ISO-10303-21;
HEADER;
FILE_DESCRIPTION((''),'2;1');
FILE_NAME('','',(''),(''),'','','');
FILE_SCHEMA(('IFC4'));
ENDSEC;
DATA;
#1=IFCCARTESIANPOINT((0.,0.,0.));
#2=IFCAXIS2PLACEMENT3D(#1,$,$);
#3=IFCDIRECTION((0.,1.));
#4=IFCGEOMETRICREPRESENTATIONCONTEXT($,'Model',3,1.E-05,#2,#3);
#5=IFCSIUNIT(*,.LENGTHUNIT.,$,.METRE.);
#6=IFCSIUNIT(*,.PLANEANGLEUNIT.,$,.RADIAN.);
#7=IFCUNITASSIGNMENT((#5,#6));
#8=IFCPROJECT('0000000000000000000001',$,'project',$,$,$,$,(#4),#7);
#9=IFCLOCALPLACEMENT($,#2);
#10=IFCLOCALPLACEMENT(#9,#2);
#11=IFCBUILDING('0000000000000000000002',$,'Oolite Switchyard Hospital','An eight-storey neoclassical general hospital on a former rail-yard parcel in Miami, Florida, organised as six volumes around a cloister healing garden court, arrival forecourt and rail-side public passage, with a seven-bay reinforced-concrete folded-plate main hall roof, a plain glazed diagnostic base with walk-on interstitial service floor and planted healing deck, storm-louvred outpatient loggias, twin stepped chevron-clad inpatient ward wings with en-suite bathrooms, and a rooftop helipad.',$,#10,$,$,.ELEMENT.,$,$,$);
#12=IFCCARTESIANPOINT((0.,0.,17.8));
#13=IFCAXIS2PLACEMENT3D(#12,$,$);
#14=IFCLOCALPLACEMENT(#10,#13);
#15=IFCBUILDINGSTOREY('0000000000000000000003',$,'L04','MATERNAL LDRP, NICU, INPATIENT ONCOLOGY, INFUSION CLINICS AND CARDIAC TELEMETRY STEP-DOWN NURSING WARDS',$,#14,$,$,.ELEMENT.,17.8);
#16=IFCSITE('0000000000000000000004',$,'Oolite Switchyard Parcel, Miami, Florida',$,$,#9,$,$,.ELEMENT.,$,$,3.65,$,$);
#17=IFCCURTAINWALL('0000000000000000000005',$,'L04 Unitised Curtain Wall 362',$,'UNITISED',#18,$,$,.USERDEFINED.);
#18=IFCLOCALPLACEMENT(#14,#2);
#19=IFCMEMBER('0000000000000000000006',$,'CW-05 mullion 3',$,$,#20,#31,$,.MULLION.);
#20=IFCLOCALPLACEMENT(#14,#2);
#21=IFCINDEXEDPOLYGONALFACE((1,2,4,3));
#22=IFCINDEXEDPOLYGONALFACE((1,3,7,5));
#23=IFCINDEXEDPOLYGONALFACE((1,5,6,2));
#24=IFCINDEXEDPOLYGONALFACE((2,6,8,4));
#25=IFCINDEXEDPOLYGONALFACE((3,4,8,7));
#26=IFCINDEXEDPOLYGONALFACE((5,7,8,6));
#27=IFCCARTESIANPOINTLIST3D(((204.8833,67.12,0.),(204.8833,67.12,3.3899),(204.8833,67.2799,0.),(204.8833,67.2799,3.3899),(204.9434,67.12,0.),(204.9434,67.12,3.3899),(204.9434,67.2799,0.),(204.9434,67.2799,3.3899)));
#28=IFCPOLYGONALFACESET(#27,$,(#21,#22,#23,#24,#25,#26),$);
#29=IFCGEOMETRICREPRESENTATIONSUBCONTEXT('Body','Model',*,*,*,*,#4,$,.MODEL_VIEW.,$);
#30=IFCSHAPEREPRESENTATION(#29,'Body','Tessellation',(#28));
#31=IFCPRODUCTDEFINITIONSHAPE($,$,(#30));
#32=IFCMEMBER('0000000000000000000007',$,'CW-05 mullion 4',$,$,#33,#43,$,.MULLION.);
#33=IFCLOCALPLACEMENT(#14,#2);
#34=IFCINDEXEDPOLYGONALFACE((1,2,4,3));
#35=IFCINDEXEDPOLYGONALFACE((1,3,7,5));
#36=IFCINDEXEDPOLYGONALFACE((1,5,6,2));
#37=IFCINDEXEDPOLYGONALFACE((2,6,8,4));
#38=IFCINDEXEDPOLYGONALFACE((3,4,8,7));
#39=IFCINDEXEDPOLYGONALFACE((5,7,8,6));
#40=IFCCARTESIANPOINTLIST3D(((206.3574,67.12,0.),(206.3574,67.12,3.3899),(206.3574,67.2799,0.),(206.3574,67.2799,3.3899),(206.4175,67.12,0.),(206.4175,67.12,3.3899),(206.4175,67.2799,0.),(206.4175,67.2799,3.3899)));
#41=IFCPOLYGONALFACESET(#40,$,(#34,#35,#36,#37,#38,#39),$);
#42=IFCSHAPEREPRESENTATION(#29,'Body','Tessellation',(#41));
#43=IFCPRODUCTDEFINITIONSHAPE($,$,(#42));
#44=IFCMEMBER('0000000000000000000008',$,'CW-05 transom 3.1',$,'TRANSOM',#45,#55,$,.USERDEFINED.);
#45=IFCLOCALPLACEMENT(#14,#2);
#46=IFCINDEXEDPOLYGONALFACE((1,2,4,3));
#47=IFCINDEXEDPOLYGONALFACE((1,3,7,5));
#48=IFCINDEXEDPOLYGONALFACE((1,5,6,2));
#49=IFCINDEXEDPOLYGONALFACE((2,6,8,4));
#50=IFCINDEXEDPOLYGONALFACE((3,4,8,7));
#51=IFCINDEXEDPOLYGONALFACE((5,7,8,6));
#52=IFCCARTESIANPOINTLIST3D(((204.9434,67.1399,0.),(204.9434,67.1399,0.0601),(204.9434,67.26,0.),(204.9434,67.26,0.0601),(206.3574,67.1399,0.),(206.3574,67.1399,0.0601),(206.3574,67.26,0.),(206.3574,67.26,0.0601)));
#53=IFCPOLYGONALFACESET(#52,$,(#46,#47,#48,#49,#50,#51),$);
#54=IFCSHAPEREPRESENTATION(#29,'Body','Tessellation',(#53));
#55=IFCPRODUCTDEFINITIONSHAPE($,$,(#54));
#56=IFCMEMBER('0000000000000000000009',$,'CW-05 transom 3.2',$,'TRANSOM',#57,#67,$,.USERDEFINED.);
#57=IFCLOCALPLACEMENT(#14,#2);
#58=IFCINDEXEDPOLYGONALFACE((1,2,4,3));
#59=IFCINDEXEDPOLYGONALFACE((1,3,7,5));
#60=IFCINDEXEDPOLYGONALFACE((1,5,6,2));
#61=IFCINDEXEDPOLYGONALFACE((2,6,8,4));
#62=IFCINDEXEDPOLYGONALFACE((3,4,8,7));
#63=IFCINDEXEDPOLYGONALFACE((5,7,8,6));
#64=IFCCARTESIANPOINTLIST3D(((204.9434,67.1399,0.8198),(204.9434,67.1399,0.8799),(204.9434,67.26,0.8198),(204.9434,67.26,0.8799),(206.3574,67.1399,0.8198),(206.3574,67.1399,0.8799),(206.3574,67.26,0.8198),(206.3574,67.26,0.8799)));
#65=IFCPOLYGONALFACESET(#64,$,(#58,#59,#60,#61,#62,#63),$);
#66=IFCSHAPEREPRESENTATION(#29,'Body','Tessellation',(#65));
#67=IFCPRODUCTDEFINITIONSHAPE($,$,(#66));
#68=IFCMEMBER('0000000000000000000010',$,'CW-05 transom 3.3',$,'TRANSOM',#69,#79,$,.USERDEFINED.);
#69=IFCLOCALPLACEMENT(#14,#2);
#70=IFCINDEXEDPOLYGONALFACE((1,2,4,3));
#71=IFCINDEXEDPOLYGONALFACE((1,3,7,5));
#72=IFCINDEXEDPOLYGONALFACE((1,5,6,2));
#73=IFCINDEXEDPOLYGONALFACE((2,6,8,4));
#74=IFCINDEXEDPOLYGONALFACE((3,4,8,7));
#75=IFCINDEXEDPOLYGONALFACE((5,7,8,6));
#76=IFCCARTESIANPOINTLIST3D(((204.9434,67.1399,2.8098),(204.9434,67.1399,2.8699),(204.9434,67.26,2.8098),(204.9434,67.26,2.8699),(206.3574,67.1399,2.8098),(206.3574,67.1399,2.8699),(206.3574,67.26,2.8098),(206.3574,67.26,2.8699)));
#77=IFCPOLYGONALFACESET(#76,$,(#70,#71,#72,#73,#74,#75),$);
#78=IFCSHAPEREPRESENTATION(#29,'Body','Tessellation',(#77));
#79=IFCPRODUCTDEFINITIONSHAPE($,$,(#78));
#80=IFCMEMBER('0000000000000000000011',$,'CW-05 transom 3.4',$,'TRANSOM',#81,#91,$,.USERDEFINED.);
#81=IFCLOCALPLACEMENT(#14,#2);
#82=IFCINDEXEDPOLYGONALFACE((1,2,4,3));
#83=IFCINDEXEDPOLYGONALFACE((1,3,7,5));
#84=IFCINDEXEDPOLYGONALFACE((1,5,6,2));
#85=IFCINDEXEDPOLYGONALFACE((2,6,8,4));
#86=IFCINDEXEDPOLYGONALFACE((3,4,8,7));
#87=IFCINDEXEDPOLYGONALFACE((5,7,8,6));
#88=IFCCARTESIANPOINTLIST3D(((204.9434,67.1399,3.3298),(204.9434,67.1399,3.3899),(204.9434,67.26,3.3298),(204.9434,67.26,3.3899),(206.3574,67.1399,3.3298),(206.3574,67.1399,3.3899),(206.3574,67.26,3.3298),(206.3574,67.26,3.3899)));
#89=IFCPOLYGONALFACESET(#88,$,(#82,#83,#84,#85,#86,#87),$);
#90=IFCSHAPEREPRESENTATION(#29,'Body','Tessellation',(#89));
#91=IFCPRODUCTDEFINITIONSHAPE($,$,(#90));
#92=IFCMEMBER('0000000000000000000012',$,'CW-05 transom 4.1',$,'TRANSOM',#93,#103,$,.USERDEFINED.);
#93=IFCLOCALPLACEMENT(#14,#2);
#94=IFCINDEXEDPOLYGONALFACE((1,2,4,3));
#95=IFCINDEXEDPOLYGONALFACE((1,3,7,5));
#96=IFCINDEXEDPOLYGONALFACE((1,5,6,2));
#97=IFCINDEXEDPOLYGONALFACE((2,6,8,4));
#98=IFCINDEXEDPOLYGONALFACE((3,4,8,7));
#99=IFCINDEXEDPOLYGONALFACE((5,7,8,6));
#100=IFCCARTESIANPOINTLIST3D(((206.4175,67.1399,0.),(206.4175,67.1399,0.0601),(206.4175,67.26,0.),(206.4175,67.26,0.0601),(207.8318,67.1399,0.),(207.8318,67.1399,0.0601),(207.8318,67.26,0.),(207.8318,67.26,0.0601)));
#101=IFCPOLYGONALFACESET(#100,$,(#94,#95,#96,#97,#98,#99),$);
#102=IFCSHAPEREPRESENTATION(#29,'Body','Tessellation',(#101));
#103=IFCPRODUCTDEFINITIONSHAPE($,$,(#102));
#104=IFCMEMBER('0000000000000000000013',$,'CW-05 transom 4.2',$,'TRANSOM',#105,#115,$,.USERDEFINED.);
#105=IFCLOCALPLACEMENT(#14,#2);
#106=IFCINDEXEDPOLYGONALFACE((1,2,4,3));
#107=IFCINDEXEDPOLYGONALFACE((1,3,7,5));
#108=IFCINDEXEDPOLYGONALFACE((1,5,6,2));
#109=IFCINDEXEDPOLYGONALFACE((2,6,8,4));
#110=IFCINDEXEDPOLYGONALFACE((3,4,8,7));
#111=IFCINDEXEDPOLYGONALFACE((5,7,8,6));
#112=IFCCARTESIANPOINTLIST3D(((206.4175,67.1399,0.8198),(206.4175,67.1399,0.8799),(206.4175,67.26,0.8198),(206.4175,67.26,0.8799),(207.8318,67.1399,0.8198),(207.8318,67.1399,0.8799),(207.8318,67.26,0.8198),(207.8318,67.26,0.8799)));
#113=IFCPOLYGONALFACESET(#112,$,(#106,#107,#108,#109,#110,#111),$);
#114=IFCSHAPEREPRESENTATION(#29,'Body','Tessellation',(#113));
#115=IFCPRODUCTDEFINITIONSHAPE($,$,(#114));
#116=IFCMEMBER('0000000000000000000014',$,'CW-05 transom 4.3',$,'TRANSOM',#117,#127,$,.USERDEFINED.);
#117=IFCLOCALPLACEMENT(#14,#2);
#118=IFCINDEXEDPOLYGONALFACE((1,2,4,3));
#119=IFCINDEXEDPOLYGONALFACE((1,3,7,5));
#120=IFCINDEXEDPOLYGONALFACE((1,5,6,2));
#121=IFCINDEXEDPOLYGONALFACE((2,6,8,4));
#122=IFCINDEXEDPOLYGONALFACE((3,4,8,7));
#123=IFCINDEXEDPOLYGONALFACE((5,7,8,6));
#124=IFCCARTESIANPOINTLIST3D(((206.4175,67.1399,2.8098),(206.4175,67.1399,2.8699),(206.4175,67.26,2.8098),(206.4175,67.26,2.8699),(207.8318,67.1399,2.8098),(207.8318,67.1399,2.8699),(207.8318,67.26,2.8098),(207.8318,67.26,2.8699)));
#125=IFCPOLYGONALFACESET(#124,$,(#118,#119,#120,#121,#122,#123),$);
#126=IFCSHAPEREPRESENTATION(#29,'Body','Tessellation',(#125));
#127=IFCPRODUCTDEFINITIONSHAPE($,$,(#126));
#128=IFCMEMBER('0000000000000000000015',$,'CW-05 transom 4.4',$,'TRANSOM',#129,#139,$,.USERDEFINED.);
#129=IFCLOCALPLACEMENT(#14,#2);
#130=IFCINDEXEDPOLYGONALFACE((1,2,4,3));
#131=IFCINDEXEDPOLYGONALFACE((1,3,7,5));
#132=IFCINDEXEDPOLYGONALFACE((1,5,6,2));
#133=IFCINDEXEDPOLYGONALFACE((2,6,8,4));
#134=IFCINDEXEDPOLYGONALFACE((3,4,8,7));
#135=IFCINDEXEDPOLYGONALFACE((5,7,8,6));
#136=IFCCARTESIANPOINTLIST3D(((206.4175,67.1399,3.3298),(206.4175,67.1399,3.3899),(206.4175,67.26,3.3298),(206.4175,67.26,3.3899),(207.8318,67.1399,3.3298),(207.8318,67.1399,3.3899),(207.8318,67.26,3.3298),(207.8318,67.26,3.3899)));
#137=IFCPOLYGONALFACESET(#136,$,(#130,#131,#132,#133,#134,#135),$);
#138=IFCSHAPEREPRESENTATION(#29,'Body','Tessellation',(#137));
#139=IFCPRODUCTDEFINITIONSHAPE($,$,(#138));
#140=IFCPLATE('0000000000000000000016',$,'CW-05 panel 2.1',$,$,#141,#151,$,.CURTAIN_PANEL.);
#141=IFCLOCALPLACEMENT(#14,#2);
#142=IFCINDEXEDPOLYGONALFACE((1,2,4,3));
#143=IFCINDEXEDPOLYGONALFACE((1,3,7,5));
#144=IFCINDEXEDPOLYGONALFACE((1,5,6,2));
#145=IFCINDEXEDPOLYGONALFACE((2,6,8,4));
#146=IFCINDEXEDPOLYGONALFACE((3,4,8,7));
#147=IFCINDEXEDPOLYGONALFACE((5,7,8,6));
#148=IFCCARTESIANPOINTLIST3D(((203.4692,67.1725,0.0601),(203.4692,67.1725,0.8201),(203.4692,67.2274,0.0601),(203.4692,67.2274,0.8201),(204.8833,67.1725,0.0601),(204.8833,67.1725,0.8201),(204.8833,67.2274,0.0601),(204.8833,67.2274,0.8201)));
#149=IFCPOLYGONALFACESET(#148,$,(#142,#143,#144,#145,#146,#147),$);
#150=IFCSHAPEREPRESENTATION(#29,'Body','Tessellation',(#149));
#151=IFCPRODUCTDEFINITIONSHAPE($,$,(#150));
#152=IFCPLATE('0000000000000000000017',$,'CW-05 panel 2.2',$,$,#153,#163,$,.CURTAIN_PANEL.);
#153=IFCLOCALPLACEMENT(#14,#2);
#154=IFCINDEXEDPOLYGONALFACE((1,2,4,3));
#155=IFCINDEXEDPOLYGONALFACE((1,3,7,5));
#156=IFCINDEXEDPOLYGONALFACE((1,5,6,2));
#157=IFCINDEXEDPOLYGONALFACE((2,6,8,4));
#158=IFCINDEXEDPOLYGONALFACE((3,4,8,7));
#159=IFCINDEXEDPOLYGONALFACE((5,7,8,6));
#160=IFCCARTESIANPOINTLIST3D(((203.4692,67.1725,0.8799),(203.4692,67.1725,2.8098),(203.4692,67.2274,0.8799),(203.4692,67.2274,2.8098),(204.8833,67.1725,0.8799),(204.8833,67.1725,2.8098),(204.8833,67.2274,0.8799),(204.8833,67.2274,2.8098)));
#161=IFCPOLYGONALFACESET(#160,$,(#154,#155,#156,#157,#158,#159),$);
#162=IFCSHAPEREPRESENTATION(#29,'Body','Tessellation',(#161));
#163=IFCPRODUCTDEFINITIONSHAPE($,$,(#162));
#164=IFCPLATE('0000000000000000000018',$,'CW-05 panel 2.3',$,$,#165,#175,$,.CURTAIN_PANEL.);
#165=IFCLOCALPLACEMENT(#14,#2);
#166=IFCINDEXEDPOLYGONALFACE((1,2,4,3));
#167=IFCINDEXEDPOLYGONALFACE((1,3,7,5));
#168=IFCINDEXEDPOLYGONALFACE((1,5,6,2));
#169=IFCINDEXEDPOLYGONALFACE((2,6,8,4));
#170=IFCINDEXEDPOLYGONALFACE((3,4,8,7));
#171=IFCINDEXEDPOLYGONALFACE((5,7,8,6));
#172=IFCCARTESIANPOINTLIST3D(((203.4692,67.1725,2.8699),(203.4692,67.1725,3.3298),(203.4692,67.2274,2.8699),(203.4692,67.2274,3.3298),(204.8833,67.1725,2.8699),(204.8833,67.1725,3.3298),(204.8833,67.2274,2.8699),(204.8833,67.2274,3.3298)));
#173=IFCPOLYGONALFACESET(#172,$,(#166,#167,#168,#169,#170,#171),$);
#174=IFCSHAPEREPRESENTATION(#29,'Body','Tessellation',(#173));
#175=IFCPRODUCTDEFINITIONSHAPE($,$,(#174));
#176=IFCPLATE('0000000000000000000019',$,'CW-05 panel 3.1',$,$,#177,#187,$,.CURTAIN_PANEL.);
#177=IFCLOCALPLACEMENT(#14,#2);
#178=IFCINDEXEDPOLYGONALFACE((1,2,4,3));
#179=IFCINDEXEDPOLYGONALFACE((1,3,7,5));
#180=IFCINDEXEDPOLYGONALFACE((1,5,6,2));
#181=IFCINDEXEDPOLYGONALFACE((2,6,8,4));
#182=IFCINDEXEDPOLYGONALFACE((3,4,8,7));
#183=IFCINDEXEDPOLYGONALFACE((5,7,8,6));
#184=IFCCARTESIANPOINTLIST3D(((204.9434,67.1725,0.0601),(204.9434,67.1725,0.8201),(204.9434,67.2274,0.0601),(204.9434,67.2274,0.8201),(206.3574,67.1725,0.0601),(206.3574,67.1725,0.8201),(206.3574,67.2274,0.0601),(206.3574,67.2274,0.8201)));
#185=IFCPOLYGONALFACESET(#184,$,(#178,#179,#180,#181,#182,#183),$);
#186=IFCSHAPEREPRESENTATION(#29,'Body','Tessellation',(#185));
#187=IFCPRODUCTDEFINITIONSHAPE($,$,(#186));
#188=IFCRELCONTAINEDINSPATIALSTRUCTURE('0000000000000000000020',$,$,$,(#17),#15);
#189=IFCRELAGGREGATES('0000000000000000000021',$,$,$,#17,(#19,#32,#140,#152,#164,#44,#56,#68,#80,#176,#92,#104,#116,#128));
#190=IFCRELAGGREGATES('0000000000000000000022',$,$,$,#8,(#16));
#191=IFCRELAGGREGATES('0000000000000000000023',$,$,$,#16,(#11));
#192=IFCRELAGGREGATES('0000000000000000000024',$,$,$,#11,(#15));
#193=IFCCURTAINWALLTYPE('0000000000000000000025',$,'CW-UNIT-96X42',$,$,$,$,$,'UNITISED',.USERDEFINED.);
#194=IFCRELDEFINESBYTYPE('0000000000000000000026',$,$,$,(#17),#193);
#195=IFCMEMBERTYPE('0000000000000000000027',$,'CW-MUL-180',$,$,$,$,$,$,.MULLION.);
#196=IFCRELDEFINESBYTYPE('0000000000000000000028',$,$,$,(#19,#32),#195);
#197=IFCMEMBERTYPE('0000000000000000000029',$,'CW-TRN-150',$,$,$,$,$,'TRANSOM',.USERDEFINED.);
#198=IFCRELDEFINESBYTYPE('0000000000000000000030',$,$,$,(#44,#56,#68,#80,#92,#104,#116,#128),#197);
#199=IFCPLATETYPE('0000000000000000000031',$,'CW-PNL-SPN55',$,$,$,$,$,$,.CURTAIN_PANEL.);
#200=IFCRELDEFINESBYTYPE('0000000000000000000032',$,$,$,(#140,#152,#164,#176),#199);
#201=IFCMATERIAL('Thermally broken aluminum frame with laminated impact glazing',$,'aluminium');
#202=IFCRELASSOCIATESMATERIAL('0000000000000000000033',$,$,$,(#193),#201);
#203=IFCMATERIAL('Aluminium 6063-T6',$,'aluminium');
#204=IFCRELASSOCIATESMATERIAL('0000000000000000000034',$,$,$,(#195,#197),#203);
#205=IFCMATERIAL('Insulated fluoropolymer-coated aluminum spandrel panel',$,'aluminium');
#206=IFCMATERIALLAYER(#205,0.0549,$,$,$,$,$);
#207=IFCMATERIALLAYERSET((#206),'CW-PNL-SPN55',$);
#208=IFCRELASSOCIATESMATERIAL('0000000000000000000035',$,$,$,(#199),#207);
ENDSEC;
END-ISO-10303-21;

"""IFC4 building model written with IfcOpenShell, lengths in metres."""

from ifc_helpers import new_model, si_unit, direction, frame, origin, origin_2d, place, context, subcontext, project, spatial, rectangle, extrude, material, layer, layer_set, material_profile, profile_set, type_object, element, aggregate, save


model = new_model("IFC4")

# Units and contexts
model_context = context("Model", 3, precision=1e-05, world=origin(), true_north=direction((0.0, 1.0)))
body_context = subcontext(model_context, "Body", "Model", "MODEL_VIEW")
ifc_project = project(units=[si_unit("LENGTHUNIT", "METRE"), si_unit("PLANEANGLEUNIT", "RADIAN")], contexts=[model_context])

# Site, building, storey
site_placement = place(None, origin())
site = spatial("IfcSite", under=ifc_project, at=site_placement, Name="Oolite Switchyard Parcel, Miami, Florida", CompositionType="ELEMENT", RefElevation=3.65)
building_placement = place(site_placement, origin())
building = spatial("IfcBuilding", under=site, at=building_placement, Name="Oolite Switchyard Hospital", Description="An eight-storey neoclassical general hospital on a former rail-yard parcel in Miami, Florida, organised as six volumes around a cloister healing garden court, arrival forecourt and rail-side public passage, with a seven-bay reinforced-concrete folded-plate main hall roof, a plain glazed diagnostic base with walk-on interstitial service floor and planted healing deck, storm-louvred outpatient loggias, twin stepped chevron-clad inpatient ward wings with en-suite bathrooms, and a rooftop helipad.", CompositionType="ELEMENT")
storey_placement = place(building_placement, frame((0.0, 0.0, 17.8)))
storey = spatial("IfcBuildingStorey", under=building, at=storey_placement, Name="L04", Description="MATERNAL LDRP, NICU, INPATIENT ONCOLOGY, INFUSION CLINICS AND CARDIAC TELEMETRY STEP-DOWN NURSING WARDS", CompositionType="ELEMENT", Elevation=17.8)

# Curtain wall, members, plates
ifc_material_1 = material(Name="Thermally broken aluminum frame with laminated impact glazing", Category="aluminium")
curtain_wall_type = type_object("IfcCurtainWallType", Name="CW-UNIT-96X42", ElementType="UNITISED", PredefinedType="USERDEFINED", material=ifc_material_1)
curtain_wall_placement = place(storey_placement, origin())
curtain_wall = element("IfcCurtainWall", 1, at=curtain_wall_placement, inside=storey, type_object=curtain_wall_type, Name="L04 Unitised Curtain Wall 362", ObjectType="UNITISED", PredefinedType="USERDEFINED")
ifc_material_2 = material(Name="Aluminium 6063-T6", Category="aluminium")
ifc_material_profile_1 = material_profile(ifc_material_2, rectangle(XDim=0.1599, YDim=0.0601, at=origin_2d()), Name="CWM60X160")
ifc_profile_set_1 = profile_set([ifc_material_profile_1], Name="Aluminium 6063-T6")
member_type_1 = type_object("IfcMemberType", Name="CW-MUL-180", PredefinedType="MULLION", material=ifc_profile_set_1)
member_1_placement = place(storey_placement, frame((204.9133, 67.2, 0.0), z_axis=(0.0, 0.0, 1.0), x_axis=(0.0, 1.0, 0.0)))
member_1 = element("IfcMember", 2, at=member_1_placement, type_object=member_type_1, Name="CW-05 mullion 3", PredefinedType="MULLION", context=body_context, shape_type="SweptSolid", body=[
    extrude(rectangle(XDim=0.1599, YDim=0.0601, at=origin_2d()), origin(), (0.0, 0.0, 1.0), 3.3899),
])
member_2_placement = place(storey_placement, frame((206.3875, 67.2, 0.0), z_axis=(0.0, 0.0, 1.0), x_axis=(0.0, 1.0, 0.0)))
member_2 = element("IfcMember", 3, at=member_2_placement, type_object=member_type_1, Name="CW-05 mullion 4", PredefinedType="MULLION", context=body_context, shape_type="SweptSolid", body=[
    extrude(rectangle(XDim=0.1599, YDim=0.0601, at=origin_2d()), origin(), (0.0, 0.0, 1.0), 3.3899),
])
ifc_material_profile_2 = material_profile(ifc_material_2, rectangle(XDim=0.1201, YDim=0.0601, at=origin_2d()), Name="CWT60X120")
ifc_profile_set_2 = profile_set([ifc_material_profile_2], Name="Aluminium 6063-T6")
member_type_2 = type_object("IfcMemberType", Name="CW-TRN-150", ElementType="TRANSOM", PredefinedType="USERDEFINED", material=ifc_profile_set_2)
member_3_placement = place(storey_placement, frame((204.9434, 67.2, 0.03), z_axis=(1.0, 0.0, 0.0), x_axis=(0.0, 1.0, 0.0)))
member_3 = element("IfcMember", 4, at=member_3_placement, type_object=member_type_2, Name="CW-05 transom 3.1", ObjectType="TRANSOM", PredefinedType="USERDEFINED", context=body_context, shape_type="SweptSolid", body=[
    extrude(rectangle(XDim=0.1201, YDim=0.0601, at=origin_2d()), origin(), (0.0, 0.0, 1.0), 1.4141),
])
member_4_placement = place(storey_placement, frame((204.9434, 67.2, 0.8499), z_axis=(1.0, 0.0, 0.0), x_axis=(0.0, 1.0, 0.0)))
member_4 = element("IfcMember", 5, at=member_4_placement, type_object=member_type_2, Name="CW-05 transom 3.2", ObjectType="TRANSOM", PredefinedType="USERDEFINED", context=body_context, shape_type="SweptSolid", body=[
    extrude(rectangle(XDim=0.1201, YDim=0.0601, at=origin_2d()), origin(), (0.0, 0.0, 1.0), 1.4141),
])
member_5_placement = place(storey_placement, frame((204.9434, 67.2, 2.8398), z_axis=(1.0, 0.0, 0.0), x_axis=(0.0, 1.0, 0.0)))
member_5 = element("IfcMember", 6, at=member_5_placement, type_object=member_type_2, Name="CW-05 transom 3.3", ObjectType="TRANSOM", PredefinedType="USERDEFINED", context=body_context, shape_type="SweptSolid", body=[
    extrude(rectangle(XDim=0.1201, YDim=0.0601, at=origin_2d()), origin(), (0.0, 0.0, 1.0), 1.4141),
])
member_6_placement = place(storey_placement, frame((204.9434, 67.2, 3.3599), z_axis=(1.0, 0.0, 0.0), x_axis=(0.0, 1.0, 0.0)))
member_6 = element("IfcMember", 7, at=member_6_placement, type_object=member_type_2, Name="CW-05 transom 3.4", ObjectType="TRANSOM", PredefinedType="USERDEFINED", context=body_context, shape_type="SweptSolid", body=[
    extrude(rectangle(XDim=0.1201, YDim=0.0601, at=origin_2d()), origin(), (0.0, 0.0, 1.0), 1.4141),
])
member_7_placement = place(storey_placement, frame((206.4175, 67.2, 0.03), z_axis=(1.0, 0.0, 0.0), x_axis=(0.0, 1.0, 0.0)))
member_7 = element("IfcMember", 8, at=member_7_placement, type_object=member_type_2, Name="CW-05 transom 4.1", ObjectType="TRANSOM", PredefinedType="USERDEFINED", context=body_context, shape_type="SweptSolid", body=[
    extrude(rectangle(XDim=0.1201, YDim=0.0601, at=origin_2d()), origin(), (0.0, 0.0, 1.0), 1.4143),
])
member_8_placement = place(storey_placement, frame((206.4175, 67.2, 0.8499), z_axis=(1.0, 0.0, 0.0), x_axis=(0.0, 1.0, 0.0)))
member_8 = element("IfcMember", 9, at=member_8_placement, type_object=member_type_2, Name="CW-05 transom 4.2", ObjectType="TRANSOM", PredefinedType="USERDEFINED", context=body_context, shape_type="SweptSolid", body=[
    extrude(rectangle(XDim=0.1201, YDim=0.0601, at=origin_2d()), origin(), (0.0, 0.0, 1.0), 1.4143),
])
member_9_placement = place(storey_placement, frame((206.4175, 67.2, 2.8398), z_axis=(1.0, 0.0, 0.0), x_axis=(0.0, 1.0, 0.0)))
member_9 = element("IfcMember", 10, at=member_9_placement, type_object=member_type_2, Name="CW-05 transom 4.3", ObjectType="TRANSOM", PredefinedType="USERDEFINED", context=body_context, shape_type="SweptSolid", body=[
    extrude(rectangle(XDim=0.1201, YDim=0.0601, at=origin_2d()), origin(), (0.0, 0.0, 1.0), 1.4143),
])
member_10_placement = place(storey_placement, frame((206.4175, 67.2, 3.3599), z_axis=(1.0, 0.0, 0.0), x_axis=(0.0, 1.0, 0.0)))
member_10 = element("IfcMember", 11, at=member_10_placement, type_object=member_type_2, Name="CW-05 transom 4.4", ObjectType="TRANSOM", PredefinedType="USERDEFINED", context=body_context, shape_type="SweptSolid", body=[
    extrude(rectangle(XDim=0.1201, YDim=0.0601, at=origin_2d()), origin(), (0.0, 0.0, 1.0), 1.4143),
])
ifc_material_3 = material(Name="Insulated fluoropolymer-coated aluminum spandrel panel", Category="aluminium")
ifc_layer = layer(ifc_material_3, 0.0549)
ifc_layer_set = layer_set([ifc_layer], Name="CW-PNL-SPN55")
plate_type = type_object("IfcPlateType", Name="CW-PNL-SPN55", PredefinedType="CURTAIN_PANEL", material=ifc_layer_set)
plate_1_placement = place(storey_placement, frame((204.1763, 67.2, 0.0601), z_axis=(0.0, 0.0, 1.0), x_axis=(1.0, 0.0, 0.0)))
plate_1 = element("IfcPlate", 12, at=plate_1_placement, type_object=plate_type, Name="CW-05 panel 2.1", PredefinedType="CURTAIN_PANEL", context=body_context, shape_type="SweptSolid", body=[
    extrude(rectangle(XDim=1.4141, YDim=0.0549, at=origin_2d()), origin(), (0.0, 0.0, 1.0), 0.76),
])
plate_2_placement = place(storey_placement, frame((204.1763, 67.2, 0.8799), z_axis=(0.0, 0.0, 1.0), x_axis=(1.0, 0.0, 0.0)))
plate_2 = element("IfcPlate", 13, at=plate_2_placement, type_object=plate_type, Name="CW-05 panel 2.2", PredefinedType="CURTAIN_PANEL", context=body_context, shape_type="SweptSolid", body=[
    extrude(rectangle(XDim=1.4141, YDim=0.0549, at=origin_2d()), origin(), (0.0, 0.0, 1.0), 1.9299),
])
plate_3_placement = place(storey_placement, frame((204.1763, 67.2, 2.8699), z_axis=(0.0, 0.0, 1.0), x_axis=(1.0, 0.0, 0.0)))
plate_3 = element("IfcPlate", 14, at=plate_3_placement, type_object=plate_type, Name="CW-05 panel 2.3", PredefinedType="CURTAIN_PANEL", context=body_context, shape_type="SweptSolid", body=[
    extrude(rectangle(XDim=1.4141, YDim=0.0549, at=origin_2d()), origin(), (0.0, 0.0, 1.0), 0.46),
])
plate_4_placement = place(storey_placement, frame((205.6504, 67.2, 0.0601), z_axis=(0.0, 0.0, 1.0), x_axis=(1.0, 0.0, 0.0)))
plate_4 = element("IfcPlate", 15, at=plate_4_placement, type_object=plate_type, Name="CW-05 panel 3.1", PredefinedType="CURTAIN_PANEL", context=body_context, shape_type="SweptSolid", body=[
    extrude(rectangle(XDim=1.4141, YDim=0.0549, at=origin_2d()), origin(), (0.0, 0.0, 1.0), 0.76),
])
aggregate(curtain_wall, [member_1, member_2, plate_1, plate_2, plate_3, member_3, member_4, member_5, member_6, plate_4, member_7, member_8, member_9, member_10])

save(model, "model.ifc")
